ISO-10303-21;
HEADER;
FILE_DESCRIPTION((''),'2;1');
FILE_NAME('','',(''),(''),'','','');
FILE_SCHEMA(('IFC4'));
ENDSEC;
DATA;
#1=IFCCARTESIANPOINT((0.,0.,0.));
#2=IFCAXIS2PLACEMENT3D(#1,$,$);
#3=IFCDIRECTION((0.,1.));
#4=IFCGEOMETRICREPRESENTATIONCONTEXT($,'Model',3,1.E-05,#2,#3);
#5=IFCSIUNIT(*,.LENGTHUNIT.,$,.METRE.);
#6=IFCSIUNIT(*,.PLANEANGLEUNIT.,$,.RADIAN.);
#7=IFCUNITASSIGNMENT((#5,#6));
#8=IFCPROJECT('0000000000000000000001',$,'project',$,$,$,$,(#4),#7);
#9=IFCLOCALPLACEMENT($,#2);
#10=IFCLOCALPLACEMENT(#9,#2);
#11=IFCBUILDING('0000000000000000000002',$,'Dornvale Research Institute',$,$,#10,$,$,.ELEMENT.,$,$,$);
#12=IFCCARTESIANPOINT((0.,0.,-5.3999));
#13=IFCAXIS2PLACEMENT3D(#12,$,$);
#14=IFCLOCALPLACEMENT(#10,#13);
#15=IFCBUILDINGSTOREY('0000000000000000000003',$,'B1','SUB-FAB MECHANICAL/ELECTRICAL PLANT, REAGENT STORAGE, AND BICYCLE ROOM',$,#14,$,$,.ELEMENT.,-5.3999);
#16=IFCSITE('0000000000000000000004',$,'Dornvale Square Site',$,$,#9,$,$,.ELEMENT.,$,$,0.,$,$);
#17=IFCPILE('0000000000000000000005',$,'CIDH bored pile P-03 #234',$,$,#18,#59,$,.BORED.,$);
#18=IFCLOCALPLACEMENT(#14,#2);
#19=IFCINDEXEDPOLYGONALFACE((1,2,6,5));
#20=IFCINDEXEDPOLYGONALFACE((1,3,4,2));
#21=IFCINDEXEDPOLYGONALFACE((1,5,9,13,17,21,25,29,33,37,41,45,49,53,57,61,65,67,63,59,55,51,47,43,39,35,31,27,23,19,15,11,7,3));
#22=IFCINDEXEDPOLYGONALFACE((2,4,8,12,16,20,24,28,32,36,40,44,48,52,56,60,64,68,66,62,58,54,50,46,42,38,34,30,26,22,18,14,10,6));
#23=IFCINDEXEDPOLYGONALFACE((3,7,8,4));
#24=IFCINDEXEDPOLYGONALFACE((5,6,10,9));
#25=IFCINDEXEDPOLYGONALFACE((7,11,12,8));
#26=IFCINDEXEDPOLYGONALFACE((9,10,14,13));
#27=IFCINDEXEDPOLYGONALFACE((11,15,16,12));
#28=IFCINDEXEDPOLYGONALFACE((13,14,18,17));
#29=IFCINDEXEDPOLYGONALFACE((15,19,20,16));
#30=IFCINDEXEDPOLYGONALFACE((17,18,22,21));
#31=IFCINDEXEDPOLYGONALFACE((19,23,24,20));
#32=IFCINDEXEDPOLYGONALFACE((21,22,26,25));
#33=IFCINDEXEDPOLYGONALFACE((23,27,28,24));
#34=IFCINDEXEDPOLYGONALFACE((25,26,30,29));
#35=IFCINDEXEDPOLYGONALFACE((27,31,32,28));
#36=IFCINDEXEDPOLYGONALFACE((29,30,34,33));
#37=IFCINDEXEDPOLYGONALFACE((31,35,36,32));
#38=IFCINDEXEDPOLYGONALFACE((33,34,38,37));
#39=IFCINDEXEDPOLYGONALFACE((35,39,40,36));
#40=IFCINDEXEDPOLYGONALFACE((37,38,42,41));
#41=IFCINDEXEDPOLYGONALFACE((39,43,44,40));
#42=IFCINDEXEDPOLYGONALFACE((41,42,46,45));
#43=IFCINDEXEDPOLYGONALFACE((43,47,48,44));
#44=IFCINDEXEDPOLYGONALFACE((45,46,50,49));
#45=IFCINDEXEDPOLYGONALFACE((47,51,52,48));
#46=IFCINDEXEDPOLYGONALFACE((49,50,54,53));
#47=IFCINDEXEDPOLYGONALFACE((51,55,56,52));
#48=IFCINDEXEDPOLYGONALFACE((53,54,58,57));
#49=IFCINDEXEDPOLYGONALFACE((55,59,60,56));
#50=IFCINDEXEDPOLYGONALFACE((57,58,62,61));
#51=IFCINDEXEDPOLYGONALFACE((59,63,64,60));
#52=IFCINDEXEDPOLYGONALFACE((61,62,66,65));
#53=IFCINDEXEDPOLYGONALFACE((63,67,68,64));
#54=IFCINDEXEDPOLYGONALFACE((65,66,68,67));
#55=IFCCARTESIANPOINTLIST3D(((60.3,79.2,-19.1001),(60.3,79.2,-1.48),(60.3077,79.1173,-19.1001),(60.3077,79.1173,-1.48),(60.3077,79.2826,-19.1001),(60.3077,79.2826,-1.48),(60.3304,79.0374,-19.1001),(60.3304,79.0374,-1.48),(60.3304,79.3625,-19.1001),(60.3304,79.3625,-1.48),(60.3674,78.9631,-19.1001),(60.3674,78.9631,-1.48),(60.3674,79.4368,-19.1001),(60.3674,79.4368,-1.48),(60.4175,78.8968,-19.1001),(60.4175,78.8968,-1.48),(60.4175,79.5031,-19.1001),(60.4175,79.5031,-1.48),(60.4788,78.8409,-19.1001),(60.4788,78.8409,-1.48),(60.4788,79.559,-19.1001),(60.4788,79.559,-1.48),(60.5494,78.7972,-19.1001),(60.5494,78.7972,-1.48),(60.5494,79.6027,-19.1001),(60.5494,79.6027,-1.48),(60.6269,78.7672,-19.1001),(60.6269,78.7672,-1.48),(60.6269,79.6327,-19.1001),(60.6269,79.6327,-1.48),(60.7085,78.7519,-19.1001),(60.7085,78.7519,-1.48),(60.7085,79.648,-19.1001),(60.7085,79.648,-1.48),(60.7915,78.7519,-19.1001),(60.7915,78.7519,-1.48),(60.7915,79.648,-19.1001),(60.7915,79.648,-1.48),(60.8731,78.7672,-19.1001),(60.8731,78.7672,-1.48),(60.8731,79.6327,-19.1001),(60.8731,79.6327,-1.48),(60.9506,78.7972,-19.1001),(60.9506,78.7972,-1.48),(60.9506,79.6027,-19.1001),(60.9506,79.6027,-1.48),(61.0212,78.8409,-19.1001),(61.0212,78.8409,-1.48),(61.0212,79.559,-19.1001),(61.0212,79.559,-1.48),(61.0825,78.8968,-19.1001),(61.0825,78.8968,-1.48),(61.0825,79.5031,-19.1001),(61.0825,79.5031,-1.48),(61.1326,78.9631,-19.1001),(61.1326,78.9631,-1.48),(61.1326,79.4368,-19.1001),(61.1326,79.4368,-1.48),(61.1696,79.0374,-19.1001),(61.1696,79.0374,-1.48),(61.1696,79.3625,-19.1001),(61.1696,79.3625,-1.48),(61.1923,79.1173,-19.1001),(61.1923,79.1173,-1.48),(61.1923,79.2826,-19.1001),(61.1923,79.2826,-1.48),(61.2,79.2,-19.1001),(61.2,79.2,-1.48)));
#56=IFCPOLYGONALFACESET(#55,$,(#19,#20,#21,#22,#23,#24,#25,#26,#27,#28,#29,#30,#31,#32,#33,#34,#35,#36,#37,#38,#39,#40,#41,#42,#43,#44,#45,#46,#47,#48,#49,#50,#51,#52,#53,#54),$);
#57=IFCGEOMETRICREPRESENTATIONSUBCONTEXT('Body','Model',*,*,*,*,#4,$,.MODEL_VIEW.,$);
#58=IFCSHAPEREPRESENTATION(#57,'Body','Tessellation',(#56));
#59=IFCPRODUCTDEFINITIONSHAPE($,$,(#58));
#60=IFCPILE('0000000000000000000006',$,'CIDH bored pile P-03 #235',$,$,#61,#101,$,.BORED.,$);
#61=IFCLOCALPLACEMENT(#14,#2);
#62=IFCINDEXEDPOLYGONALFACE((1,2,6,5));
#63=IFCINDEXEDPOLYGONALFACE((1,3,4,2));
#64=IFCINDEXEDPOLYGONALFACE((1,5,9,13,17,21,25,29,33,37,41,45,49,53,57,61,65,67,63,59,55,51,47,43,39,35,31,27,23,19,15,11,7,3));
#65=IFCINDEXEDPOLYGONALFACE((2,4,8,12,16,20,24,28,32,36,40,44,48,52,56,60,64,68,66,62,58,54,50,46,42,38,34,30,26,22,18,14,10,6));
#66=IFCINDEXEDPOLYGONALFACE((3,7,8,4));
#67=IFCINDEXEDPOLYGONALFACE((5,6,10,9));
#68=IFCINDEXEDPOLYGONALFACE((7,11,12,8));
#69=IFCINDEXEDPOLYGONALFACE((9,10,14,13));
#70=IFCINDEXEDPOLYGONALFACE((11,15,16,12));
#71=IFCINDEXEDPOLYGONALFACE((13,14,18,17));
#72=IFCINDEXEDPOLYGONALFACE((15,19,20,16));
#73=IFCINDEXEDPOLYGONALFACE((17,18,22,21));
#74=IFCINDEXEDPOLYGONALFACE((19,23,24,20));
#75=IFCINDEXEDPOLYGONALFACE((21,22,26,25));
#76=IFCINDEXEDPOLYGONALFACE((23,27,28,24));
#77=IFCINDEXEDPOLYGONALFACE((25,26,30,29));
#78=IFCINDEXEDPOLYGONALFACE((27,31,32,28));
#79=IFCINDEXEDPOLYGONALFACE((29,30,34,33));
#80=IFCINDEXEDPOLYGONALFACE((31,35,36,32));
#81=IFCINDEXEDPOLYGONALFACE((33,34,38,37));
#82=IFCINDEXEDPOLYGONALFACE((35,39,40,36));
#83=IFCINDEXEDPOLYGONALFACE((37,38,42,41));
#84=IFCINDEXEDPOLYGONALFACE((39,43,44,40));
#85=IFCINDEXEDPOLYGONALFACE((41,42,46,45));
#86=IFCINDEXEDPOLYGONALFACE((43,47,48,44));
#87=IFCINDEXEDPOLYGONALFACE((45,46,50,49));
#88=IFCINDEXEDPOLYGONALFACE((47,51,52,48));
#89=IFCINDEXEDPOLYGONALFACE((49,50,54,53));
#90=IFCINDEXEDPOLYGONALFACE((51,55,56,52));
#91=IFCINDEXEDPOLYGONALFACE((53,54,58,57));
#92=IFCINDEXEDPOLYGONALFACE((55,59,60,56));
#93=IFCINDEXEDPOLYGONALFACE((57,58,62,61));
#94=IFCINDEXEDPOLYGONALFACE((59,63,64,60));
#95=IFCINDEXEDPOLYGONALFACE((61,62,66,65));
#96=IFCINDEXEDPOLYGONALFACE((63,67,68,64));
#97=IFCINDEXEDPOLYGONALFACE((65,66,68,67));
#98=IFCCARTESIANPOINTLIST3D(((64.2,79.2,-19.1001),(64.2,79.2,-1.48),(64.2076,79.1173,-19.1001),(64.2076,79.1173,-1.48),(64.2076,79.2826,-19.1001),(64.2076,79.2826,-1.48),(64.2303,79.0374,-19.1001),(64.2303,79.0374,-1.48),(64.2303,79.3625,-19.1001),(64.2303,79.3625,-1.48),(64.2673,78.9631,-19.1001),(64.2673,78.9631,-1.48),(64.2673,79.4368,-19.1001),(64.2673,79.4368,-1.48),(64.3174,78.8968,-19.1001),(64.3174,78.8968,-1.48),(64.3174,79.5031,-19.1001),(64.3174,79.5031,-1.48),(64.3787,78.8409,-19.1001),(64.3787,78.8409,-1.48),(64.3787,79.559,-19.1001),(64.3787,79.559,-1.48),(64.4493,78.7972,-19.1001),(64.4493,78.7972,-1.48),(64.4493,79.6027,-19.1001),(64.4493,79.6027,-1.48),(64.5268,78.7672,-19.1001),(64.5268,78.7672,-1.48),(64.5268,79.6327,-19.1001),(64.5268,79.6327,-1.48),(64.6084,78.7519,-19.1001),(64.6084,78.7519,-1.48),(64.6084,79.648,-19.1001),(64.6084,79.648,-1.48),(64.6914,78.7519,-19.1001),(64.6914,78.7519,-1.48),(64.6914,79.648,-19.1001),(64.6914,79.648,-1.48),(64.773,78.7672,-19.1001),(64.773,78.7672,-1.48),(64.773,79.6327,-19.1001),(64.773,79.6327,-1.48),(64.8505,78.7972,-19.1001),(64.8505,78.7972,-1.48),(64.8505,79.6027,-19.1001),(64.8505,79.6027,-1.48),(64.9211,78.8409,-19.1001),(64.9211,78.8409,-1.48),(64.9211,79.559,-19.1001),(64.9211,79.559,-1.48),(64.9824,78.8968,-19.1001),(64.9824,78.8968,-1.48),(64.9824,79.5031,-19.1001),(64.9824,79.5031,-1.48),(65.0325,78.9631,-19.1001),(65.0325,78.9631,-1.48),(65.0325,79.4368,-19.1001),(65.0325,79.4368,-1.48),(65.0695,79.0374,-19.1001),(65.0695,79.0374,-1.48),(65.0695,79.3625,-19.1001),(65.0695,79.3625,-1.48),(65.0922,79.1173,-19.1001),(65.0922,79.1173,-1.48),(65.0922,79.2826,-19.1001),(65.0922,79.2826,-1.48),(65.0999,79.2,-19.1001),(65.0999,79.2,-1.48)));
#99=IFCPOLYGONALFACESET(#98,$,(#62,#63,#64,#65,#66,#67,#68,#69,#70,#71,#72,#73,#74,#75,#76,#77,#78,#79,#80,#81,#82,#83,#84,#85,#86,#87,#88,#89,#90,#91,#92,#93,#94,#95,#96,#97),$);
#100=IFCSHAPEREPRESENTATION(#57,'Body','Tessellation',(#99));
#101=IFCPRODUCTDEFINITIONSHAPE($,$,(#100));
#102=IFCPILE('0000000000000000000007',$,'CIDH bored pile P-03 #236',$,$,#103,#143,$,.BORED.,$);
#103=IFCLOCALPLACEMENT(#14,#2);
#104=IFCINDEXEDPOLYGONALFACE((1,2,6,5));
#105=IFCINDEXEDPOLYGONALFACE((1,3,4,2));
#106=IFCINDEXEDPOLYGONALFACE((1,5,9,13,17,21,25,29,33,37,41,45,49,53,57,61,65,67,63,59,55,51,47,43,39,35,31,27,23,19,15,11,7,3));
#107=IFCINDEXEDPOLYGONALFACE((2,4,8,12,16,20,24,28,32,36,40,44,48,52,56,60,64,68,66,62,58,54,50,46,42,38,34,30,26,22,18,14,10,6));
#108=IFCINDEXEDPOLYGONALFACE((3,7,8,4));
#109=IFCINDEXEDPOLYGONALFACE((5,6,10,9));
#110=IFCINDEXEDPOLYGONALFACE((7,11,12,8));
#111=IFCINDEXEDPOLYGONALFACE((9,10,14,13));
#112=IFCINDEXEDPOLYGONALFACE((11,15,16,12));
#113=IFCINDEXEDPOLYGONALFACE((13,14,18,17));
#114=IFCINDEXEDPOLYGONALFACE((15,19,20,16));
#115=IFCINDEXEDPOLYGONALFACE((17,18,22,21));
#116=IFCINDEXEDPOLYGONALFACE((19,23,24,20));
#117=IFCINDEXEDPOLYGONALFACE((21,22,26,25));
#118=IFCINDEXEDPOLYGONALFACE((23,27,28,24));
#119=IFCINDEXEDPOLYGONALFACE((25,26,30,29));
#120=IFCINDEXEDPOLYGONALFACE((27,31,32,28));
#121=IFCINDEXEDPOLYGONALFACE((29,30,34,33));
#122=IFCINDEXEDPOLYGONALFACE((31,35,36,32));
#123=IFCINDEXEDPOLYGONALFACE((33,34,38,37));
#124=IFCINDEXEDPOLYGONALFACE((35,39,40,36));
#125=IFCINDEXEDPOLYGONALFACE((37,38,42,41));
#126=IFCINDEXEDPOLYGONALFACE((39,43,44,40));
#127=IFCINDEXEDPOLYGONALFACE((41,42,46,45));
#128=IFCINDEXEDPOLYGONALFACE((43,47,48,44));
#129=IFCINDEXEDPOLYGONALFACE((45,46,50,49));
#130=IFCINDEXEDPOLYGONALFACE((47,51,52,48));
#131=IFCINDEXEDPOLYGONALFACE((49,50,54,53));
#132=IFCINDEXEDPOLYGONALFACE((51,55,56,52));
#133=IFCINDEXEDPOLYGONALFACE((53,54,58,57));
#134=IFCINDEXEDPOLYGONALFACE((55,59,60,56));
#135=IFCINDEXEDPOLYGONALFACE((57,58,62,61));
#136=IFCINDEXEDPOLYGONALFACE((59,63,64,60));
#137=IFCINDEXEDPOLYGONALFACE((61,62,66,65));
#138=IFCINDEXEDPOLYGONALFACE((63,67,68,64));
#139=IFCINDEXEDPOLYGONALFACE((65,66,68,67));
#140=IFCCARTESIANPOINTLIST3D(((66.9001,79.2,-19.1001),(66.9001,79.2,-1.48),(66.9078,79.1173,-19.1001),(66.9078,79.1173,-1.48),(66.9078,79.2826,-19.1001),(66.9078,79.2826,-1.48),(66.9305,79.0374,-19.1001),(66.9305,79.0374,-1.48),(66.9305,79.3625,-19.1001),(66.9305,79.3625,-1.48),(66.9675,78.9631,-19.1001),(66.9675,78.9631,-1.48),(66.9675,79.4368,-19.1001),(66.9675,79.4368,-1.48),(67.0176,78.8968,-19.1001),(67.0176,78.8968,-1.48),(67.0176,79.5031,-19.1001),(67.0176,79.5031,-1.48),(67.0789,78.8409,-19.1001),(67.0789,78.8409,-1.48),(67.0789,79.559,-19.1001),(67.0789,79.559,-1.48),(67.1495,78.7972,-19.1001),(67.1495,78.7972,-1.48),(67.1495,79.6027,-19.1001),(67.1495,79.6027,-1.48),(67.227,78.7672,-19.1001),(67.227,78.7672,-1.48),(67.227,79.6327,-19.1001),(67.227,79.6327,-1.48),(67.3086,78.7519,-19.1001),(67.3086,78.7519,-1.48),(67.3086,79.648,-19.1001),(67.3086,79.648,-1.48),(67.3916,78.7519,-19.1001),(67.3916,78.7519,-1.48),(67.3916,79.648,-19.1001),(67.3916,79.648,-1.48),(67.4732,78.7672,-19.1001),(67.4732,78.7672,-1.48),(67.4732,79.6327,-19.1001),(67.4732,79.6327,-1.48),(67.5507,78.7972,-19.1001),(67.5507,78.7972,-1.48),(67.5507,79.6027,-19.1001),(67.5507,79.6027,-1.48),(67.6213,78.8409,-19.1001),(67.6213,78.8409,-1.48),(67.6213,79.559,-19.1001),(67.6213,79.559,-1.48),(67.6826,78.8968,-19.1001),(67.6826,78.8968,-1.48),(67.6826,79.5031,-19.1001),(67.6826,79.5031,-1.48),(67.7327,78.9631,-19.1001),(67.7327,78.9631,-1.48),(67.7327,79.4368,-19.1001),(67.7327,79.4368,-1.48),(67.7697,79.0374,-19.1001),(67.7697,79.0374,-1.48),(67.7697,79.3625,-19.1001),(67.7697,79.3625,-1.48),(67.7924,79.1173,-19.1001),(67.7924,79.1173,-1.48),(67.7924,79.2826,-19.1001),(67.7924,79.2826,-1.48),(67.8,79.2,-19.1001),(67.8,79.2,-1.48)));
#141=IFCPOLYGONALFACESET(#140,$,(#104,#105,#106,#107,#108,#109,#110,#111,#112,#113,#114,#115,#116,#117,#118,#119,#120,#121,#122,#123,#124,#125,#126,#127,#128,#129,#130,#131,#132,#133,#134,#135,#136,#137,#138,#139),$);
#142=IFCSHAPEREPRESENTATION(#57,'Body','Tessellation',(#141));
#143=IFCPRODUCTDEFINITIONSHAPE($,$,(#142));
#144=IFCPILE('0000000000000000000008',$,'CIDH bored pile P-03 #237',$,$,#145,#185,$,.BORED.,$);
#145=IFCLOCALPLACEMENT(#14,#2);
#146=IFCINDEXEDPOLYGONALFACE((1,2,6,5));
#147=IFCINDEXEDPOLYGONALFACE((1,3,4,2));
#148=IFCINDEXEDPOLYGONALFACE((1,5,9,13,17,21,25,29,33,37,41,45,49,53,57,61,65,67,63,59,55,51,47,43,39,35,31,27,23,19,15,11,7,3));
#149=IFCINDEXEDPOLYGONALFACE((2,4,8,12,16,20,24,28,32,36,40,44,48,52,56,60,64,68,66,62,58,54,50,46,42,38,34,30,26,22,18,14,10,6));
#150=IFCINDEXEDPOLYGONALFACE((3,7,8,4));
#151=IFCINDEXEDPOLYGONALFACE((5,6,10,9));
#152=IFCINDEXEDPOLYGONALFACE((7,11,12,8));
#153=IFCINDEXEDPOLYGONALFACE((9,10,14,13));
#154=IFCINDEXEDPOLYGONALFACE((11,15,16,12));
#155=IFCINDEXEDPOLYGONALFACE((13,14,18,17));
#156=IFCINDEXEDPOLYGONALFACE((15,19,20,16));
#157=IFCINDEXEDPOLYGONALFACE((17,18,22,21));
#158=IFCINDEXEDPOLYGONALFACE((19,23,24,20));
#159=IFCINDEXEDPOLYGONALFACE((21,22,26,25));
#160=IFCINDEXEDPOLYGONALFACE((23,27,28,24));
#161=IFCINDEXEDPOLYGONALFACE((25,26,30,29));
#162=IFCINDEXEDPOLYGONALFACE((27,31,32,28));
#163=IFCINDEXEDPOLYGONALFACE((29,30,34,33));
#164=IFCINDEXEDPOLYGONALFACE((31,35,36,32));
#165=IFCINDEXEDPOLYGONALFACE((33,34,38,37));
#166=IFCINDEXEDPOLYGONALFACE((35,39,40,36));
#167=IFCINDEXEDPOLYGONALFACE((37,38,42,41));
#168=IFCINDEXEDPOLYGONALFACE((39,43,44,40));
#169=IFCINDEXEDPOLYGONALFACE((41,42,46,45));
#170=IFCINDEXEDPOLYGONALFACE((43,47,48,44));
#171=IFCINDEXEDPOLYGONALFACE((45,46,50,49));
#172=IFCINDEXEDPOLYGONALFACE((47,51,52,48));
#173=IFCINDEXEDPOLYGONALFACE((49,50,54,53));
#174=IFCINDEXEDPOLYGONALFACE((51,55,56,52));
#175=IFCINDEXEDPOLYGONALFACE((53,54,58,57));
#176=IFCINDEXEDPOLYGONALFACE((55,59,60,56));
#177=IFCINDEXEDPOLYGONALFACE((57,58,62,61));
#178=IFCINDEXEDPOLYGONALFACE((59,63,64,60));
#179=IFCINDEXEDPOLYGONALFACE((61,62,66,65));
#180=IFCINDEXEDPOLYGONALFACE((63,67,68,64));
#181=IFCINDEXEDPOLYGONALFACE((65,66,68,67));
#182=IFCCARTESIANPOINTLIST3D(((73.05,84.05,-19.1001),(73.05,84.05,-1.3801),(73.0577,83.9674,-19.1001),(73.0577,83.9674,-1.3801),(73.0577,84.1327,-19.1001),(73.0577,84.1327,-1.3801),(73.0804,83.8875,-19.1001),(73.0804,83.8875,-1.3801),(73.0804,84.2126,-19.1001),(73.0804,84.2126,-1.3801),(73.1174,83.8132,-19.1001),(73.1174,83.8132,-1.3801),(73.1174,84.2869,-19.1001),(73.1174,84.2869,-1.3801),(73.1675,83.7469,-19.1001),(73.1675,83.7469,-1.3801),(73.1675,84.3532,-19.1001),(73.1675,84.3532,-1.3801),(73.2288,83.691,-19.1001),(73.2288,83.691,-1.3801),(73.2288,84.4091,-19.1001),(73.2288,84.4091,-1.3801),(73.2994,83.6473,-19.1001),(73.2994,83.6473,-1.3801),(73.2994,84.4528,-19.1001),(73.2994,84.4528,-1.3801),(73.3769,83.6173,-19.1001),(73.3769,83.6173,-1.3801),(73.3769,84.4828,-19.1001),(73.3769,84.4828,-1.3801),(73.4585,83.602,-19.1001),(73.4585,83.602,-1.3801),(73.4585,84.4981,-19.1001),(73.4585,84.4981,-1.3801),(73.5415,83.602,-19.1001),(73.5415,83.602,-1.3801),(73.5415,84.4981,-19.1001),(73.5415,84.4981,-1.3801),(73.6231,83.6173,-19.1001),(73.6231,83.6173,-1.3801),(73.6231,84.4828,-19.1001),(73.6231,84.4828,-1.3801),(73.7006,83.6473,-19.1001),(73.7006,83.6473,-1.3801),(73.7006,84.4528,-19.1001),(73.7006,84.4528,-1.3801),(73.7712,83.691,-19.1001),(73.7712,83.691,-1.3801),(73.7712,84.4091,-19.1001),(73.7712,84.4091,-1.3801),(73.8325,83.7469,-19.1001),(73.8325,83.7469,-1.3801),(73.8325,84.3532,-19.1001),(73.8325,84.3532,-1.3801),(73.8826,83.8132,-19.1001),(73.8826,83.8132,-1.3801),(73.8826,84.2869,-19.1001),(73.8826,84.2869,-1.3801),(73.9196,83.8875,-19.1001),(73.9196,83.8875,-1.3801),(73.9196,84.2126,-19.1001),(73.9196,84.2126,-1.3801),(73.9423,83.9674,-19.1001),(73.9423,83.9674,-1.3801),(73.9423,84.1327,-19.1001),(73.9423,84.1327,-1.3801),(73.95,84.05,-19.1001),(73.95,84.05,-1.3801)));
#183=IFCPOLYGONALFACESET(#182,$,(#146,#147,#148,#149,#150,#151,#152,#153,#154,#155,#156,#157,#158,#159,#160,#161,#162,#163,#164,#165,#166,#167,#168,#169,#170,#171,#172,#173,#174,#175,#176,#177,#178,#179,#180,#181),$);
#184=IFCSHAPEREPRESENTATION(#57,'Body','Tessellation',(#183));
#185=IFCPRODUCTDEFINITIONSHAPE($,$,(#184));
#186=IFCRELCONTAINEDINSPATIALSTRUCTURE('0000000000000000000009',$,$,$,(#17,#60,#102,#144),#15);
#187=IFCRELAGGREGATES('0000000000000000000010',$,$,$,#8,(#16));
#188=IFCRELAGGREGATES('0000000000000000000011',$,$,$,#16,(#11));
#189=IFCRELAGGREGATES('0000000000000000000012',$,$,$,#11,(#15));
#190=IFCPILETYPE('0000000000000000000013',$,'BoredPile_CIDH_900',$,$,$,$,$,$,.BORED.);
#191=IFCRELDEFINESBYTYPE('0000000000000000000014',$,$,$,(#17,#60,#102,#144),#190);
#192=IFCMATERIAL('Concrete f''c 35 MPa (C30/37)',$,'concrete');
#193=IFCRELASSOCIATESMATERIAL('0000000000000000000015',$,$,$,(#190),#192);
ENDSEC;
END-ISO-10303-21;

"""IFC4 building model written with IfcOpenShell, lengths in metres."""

from ifc_helpers import new_model, si_unit, direction, frame, origin, origin_2d, place, context, subcontext, project, spatial, circle, extrude, material, material_profile, profile_set, type_object, element, save


model = new_model("IFC4")

# Units and contexts
model_context = context("Model", 3, precision=1e-05, world=origin(), true_north=direction((0.0, 1.0)))
body_context = subcontext(model_context, "Body", "Model", "MODEL_VIEW")
ifc_project = project(units=[si_unit("LENGTHUNIT", "METRE"), si_unit("PLANEANGLEUNIT", "RADIAN")], contexts=[model_context])

# Site, building, storey
site_placement = place(None, origin())
site = spatial("IfcSite", under=ifc_project, at=site_placement, Name="Dornvale Square Site", CompositionType="ELEMENT", RefElevation=0.0)
building_placement = place(site_placement, origin())
building = spatial("IfcBuilding", under=site, at=building_placement, Name="Dornvale Research Institute", CompositionType="ELEMENT")
storey_placement = place(building_placement, frame((0.0, 0.0, -5.3999)))
storey = spatial("IfcBuildingStorey", under=building, at=storey_placement, Name="B1", Description="SUB-FAB MECHANICAL/ELECTRICAL PLANT, REAGENT STORAGE, AND BICYCLE ROOM", CompositionType="ELEMENT", Elevation=-5.3999)

# Piles
ifc_material_1 = material(Name="Concrete f'c 35 MPa (C30/37)", Category="concrete")
ifc_material_profile_1 = material_profile(ifc_material_1, circle(Radius=0.45, at=origin_2d()), Name="CIDH PILE D900")
ifc_profile_set_1 = profile_set([ifc_material_profile_1], Name="Concrete f'c 35 MPa (C30/37)")
pile_type = type_object("IfcPileType", Name="BoredPile_CIDH_900", PredefinedType="BORED", material=ifc_profile_set_1)
for number, where, z_axis, x_axis, name in (
    (1, (60.75, 79.2, -1.48), (0.0, 0.0, -1.0), (1.0, 0.0, 0.0), "CIDH bored pile P-03 #234"),
    (2, (64.6499, 79.2, -1.48), (0.0, 0.0, -1.0), (1.0, 0.0, 0.0), "CIDH bored pile P-03 #235"),
    (3, (67.3501, 79.2, -1.48), (0.0, 0.0, -1.0), (1.0, 0.0, 0.0), "CIDH bored pile P-03 #236"),
):
    element("IfcPile", number, at=place(storey_placement, frame(where, z_axis=z_axis, x_axis=x_axis)), inside=storey, type_object=pile_type, Name=name, PredefinedType="BORED", context=body_context, shape_type="SweptSolid", body=[
        extrude(circle(Radius=0.45, at=origin_2d()), origin(), (0.0, 0.0, 1.0), 17.6201),
    ])
pile_placement = place(storey_placement, frame((73.5, 84.05, -1.3801), z_axis=(0.0, 0.0, -1.0), x_axis=(1.0, 0.0, 0.0)))
element("IfcPile", 4, at=pile_placement, inside=storey, type_object=pile_type, Name="CIDH bored pile P-03 #237", PredefinedType="BORED", context=body_context, shape_type="SweptSolid", body=[
    extrude(circle(Radius=0.45, at=origin_2d()), origin(), (0.0, 0.0, 1.0), 17.72),
])

save(model, "model.ifc")
